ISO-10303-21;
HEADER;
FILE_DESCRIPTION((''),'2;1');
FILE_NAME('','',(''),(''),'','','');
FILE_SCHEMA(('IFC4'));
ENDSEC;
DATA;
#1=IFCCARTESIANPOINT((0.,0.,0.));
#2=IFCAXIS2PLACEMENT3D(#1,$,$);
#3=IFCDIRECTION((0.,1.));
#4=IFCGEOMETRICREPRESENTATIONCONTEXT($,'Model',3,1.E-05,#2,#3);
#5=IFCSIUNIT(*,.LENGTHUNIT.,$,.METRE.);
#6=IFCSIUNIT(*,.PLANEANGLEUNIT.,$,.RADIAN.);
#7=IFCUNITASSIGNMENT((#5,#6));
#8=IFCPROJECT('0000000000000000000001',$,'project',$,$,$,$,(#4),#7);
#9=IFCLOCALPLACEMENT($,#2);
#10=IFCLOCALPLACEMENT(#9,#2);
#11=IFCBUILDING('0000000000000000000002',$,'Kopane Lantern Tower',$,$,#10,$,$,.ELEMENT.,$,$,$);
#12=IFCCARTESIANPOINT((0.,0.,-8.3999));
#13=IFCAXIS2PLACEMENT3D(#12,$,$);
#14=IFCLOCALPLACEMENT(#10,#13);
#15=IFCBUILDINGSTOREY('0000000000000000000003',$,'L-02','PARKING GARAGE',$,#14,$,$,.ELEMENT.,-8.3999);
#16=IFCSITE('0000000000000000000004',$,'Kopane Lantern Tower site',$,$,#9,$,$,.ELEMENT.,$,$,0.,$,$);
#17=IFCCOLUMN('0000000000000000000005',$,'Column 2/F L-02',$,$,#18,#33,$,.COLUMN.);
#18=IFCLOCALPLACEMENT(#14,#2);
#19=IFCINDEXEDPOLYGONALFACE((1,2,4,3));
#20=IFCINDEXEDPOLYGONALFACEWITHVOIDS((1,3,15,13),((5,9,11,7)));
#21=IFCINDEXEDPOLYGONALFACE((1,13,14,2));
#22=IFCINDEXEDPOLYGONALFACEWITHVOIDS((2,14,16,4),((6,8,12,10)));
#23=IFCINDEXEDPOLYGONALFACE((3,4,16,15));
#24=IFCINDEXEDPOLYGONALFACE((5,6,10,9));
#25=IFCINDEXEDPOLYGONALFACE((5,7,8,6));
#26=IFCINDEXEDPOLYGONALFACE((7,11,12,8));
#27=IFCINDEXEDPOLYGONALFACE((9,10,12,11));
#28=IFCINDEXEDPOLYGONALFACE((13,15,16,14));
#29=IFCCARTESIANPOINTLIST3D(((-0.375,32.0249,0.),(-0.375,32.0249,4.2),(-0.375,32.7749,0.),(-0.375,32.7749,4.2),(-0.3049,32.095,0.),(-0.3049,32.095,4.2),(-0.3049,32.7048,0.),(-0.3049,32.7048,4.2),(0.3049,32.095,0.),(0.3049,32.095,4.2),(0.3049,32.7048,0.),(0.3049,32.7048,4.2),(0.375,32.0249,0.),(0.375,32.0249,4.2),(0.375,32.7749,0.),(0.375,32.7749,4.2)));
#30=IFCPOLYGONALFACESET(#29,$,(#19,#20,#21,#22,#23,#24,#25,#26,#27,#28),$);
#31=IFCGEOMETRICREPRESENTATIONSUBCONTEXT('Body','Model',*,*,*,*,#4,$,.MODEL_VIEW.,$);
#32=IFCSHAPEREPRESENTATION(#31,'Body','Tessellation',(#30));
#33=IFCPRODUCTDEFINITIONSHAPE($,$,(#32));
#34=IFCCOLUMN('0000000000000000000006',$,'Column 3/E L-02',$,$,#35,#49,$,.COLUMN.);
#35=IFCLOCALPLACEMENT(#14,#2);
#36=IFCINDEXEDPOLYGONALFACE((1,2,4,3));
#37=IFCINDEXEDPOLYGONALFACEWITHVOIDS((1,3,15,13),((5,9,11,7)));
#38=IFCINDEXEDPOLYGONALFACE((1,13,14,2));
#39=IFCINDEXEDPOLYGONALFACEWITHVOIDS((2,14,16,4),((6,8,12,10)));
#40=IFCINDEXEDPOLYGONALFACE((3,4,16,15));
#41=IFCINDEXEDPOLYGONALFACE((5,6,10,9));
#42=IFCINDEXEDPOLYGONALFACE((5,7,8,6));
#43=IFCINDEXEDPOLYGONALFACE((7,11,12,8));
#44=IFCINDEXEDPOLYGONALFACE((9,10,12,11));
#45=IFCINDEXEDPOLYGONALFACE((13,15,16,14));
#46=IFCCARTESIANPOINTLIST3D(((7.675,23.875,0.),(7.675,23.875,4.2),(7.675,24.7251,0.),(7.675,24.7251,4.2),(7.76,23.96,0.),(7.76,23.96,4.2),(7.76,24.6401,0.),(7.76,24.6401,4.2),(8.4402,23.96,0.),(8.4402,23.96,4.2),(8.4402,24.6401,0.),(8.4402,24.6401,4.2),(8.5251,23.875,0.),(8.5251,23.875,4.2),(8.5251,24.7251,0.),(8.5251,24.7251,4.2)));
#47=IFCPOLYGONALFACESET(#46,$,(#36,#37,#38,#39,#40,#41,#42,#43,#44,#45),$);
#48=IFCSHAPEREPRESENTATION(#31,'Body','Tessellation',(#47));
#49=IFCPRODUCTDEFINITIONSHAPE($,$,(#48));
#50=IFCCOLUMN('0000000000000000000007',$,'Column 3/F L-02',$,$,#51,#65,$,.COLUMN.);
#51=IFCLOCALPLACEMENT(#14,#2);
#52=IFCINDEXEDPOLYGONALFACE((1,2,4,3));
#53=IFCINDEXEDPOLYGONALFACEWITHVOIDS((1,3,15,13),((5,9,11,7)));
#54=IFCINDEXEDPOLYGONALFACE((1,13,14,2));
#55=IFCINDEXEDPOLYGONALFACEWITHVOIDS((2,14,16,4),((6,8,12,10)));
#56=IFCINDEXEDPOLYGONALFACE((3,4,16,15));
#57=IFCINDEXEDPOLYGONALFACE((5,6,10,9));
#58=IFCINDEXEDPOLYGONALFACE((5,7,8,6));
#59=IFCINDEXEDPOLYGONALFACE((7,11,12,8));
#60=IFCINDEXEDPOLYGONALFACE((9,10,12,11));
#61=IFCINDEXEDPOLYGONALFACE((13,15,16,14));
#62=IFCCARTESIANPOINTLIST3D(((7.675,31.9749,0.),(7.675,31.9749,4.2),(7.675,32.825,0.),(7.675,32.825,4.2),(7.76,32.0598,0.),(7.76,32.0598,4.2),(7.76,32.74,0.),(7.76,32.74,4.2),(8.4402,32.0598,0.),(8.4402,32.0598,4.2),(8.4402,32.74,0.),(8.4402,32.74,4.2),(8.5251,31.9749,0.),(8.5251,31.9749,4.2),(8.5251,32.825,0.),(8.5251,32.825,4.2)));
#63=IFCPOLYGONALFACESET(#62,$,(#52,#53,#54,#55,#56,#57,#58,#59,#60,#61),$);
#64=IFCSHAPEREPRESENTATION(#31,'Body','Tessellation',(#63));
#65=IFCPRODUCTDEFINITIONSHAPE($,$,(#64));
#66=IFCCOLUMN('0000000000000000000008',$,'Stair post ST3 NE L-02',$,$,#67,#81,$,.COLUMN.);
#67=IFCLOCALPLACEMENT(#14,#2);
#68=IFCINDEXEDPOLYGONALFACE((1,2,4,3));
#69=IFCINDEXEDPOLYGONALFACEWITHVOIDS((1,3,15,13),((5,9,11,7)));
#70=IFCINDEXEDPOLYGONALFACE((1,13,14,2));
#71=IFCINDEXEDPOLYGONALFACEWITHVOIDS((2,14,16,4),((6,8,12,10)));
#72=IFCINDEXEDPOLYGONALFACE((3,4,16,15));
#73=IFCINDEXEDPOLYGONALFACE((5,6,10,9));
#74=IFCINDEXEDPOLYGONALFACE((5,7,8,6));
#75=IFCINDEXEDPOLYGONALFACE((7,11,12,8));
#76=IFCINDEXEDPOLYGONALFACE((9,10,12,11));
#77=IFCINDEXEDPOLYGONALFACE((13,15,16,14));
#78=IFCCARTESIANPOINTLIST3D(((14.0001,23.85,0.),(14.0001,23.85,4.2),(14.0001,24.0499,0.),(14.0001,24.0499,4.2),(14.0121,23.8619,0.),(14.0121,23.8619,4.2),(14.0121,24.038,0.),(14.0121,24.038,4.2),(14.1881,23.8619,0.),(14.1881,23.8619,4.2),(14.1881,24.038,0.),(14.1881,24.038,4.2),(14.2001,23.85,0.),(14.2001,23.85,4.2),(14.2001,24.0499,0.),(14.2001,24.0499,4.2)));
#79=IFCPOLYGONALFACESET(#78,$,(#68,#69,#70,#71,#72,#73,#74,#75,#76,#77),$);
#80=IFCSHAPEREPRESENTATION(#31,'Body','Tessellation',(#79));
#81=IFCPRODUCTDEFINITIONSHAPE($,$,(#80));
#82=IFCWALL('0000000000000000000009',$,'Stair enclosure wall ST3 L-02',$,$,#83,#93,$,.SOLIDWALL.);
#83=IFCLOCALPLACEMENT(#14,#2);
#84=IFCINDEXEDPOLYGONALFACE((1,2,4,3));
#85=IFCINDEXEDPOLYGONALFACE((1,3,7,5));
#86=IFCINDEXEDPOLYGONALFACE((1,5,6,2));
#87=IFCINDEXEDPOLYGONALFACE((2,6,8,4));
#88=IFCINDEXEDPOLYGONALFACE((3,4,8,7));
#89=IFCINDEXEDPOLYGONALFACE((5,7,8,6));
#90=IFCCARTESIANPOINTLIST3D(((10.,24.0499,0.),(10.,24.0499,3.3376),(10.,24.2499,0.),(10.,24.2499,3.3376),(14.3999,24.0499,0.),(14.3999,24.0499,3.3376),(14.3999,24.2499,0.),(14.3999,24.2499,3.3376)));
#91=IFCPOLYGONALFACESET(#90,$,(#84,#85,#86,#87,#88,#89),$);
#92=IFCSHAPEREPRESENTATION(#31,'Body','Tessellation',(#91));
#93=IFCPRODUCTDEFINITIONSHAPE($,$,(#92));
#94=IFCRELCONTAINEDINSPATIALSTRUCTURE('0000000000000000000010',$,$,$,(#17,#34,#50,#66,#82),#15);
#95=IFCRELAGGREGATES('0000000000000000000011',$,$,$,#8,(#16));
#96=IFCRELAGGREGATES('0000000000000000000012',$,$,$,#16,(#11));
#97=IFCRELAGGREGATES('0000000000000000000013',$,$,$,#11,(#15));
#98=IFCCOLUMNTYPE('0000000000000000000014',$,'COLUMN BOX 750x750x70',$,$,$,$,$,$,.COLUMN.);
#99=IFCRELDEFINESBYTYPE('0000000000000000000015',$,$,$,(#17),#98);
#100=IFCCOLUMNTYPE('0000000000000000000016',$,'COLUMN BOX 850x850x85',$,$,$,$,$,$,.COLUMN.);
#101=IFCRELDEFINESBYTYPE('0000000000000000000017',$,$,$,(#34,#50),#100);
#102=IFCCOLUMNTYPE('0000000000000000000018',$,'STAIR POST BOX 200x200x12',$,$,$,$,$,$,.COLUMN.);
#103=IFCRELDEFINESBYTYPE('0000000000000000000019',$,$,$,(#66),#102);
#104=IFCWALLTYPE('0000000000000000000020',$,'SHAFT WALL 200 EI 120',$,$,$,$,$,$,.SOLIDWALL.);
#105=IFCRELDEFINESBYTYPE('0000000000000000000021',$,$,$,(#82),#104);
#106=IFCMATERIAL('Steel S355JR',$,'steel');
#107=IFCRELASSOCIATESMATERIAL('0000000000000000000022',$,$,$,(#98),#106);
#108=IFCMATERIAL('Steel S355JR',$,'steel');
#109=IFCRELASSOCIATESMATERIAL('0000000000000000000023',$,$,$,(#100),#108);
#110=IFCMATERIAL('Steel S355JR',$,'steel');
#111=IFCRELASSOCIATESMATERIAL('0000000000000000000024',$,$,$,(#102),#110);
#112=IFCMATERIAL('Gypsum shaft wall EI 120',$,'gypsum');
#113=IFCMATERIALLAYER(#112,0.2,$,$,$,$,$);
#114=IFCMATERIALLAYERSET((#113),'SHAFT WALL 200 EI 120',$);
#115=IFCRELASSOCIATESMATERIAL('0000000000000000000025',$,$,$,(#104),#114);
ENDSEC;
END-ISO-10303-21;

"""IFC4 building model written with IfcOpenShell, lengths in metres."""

from ifc_helpers import new_model, si_unit, direction, frame, frame_2d, origin, origin_2d, place, context, subcontext, project, spatial, rectangle, hollow_rectangle, extrude, material, layer, layer_set, material_profile, profile_set, type_object, element, save


model = new_model("IFC4")

# Units and contexts
model_context = context("Model", 3, precision=1e-05, world=origin(), true_north=direction((0.0, 1.0)))
body_context = subcontext(model_context, "Body", "Model", "MODEL_VIEW")
ifc_project = project(units=[si_unit("LENGTHUNIT", "METRE"), si_unit("PLANEANGLEUNIT", "RADIAN")], contexts=[model_context])

# Site, building, storey
site_placement = place(None, origin())
site = spatial("IfcSite", under=ifc_project, at=site_placement, Name="Kopane Lantern Tower site", CompositionType="ELEMENT", RefElevation=0.0)
building_placement = place(site_placement, origin())
building = spatial("IfcBuilding", under=site, at=building_placement, Name="Kopane Lantern Tower", CompositionType="ELEMENT")
storey_placement = place(building_placement, frame((0.0, 0.0, -8.3999)))
storey = spatial("IfcBuildingStorey", under=building, at=storey_placement, Name="L-02", Description="PARKING GARAGE", CompositionType="ELEMENT", Elevation=-8.3999)

# Columns
ifc_material_1 = material(Name="Steel S355JR", Category="steel")
ifc_material_profile_1 = material_profile(ifc_material_1, hollow_rectangle(XDim=0.75, YDim=0.75, WallThickness=0.0701, at=origin_2d()), Name="BOX 750x750x70")
ifc_profile_set_1 = profile_set([ifc_material_profile_1], Name="Steel S355JR")
column_type_1 = type_object("IfcColumnType", Name="COLUMN BOX 750x750x70", PredefinedType="COLUMN", material=ifc_profile_set_1)
for number, where, z_axis, x_axis, name in (
    (1, (0.0, 32.3999, 0.0), (0.0, 0.0, 1.0), (1.0, 0.0, 0.0), "Column 2/F L-02"),
):
    element("IfcColumn", number, at=place(storey_placement, frame(where, z_axis=z_axis, x_axis=x_axis)), inside=storey, type_object=column_type_1, Name=name, PredefinedType="COLUMN", context=body_context, shape_type="SweptSolid", body=[
        extrude(hollow_rectangle(XDim=0.75, YDim=0.75, WallThickness=0.0701, at=origin_2d()), origin(), (0.0, 0.0, 1.0), 4.2),
    ])
ifc_material_2 = material(Name="Steel S355JR", Category="steel")
ifc_material_profile_2 = material_profile(ifc_material_2, hollow_rectangle(XDim=0.8501, YDim=0.8501, WallThickness=0.085, at=origin_2d()), Name="BOX 850x850x85")
ifc_profile_set_2 = profile_set([ifc_material_profile_2], Name="Steel S355JR")
column_type_2 = type_object("IfcColumnType", Name="COLUMN BOX 850x850x85", PredefinedType="COLUMN", material=ifc_profile_set_2)
for number, where, z_axis, x_axis, name in (
    (2, (8.1001, 24.3, 0.0), (0.0, 0.0, 1.0), (1.0, 0.0, 0.0), "Column 3/E L-02"),
    (3, (8.1001, 32.3999, 0.0), (0.0, 0.0, 1.0), (1.0, 0.0, 0.0), "Column 3/F L-02"),
):
    element("IfcColumn", number, at=place(storey_placement, frame(where, z_axis=z_axis, x_axis=x_axis)), inside=storey, type_object=column_type_2, Name=name, PredefinedType="COLUMN", context=body_context, shape_type="SweptSolid", body=[
        extrude(hollow_rectangle(XDim=0.8501, YDim=0.8501, WallThickness=0.085, at=origin_2d()), origin(), (0.0, 0.0, 1.0), 4.2),
    ])
ifc_material_3 = material(Name="Steel S355JR", Category="steel")
ifc_material_profile_3 = material_profile(ifc_material_3, hollow_rectangle(XDim=0.2, YDim=0.2, WallThickness=0.012, at=origin_2d()), Name="BOX 200x200x12")
ifc_profile_set_3 = profile_set([ifc_material_profile_3], Name="Steel S355JR")
column_type_3 = type_object("IfcColumnType", Name="STAIR POST BOX 200x200x12", PredefinedType="COLUMN", material=ifc_profile_set_3)
column_placement = place(storey_placement, frame((14.1001, 23.95, 0.0), z_axis=(0.0, 0.0, 1.0), x_axis=(1.0, 0.0, 0.0)))
element("IfcColumn", 4, at=column_placement, inside=storey, type_object=column_type_3, Name="Stair post ST3 NE L-02", PredefinedType="COLUMN", context=body_context, shape_type="SweptSolid", body=[
    extrude(hollow_rectangle(XDim=0.2, YDim=0.2, WallThickness=0.012, at=origin_2d()), origin(), (0.0, 0.0, 1.0), 4.2),
])

# Wall
ifc_material_4 = material(Name="Gypsum shaft wall EI 120", Category="gypsum")
ifc_layer = layer(ifc_material_4, 0.2)
ifc_layer_set = layer_set([ifc_layer], Name="SHAFT WALL 200 EI 120")
wall_type = type_object("IfcWallType", Name="SHAFT WALL 200 EI 120", PredefinedType="SOLIDWALL", material=ifc_layer_set)
wall_placement = place(storey_placement, frame((10.0, 24.1499, 0.0), z_axis=(0.0, 0.0, 1.0), x_axis=(1.0, 0.0, 0.0)))
element("IfcWall", 5, at=wall_placement, inside=storey, type_object=wall_type, Name="Stair enclosure wall ST3 L-02", PredefinedType="SOLIDWALL", context=body_context, shape_type="SweptSolid", body=[
    extrude(rectangle(XDim=4.3999, YDim=0.2, at=frame_2d((2.2, 0.0))), origin(), (0.0, 0.0, 1.0), 3.3376),
])

save(model, "model.ifc")
